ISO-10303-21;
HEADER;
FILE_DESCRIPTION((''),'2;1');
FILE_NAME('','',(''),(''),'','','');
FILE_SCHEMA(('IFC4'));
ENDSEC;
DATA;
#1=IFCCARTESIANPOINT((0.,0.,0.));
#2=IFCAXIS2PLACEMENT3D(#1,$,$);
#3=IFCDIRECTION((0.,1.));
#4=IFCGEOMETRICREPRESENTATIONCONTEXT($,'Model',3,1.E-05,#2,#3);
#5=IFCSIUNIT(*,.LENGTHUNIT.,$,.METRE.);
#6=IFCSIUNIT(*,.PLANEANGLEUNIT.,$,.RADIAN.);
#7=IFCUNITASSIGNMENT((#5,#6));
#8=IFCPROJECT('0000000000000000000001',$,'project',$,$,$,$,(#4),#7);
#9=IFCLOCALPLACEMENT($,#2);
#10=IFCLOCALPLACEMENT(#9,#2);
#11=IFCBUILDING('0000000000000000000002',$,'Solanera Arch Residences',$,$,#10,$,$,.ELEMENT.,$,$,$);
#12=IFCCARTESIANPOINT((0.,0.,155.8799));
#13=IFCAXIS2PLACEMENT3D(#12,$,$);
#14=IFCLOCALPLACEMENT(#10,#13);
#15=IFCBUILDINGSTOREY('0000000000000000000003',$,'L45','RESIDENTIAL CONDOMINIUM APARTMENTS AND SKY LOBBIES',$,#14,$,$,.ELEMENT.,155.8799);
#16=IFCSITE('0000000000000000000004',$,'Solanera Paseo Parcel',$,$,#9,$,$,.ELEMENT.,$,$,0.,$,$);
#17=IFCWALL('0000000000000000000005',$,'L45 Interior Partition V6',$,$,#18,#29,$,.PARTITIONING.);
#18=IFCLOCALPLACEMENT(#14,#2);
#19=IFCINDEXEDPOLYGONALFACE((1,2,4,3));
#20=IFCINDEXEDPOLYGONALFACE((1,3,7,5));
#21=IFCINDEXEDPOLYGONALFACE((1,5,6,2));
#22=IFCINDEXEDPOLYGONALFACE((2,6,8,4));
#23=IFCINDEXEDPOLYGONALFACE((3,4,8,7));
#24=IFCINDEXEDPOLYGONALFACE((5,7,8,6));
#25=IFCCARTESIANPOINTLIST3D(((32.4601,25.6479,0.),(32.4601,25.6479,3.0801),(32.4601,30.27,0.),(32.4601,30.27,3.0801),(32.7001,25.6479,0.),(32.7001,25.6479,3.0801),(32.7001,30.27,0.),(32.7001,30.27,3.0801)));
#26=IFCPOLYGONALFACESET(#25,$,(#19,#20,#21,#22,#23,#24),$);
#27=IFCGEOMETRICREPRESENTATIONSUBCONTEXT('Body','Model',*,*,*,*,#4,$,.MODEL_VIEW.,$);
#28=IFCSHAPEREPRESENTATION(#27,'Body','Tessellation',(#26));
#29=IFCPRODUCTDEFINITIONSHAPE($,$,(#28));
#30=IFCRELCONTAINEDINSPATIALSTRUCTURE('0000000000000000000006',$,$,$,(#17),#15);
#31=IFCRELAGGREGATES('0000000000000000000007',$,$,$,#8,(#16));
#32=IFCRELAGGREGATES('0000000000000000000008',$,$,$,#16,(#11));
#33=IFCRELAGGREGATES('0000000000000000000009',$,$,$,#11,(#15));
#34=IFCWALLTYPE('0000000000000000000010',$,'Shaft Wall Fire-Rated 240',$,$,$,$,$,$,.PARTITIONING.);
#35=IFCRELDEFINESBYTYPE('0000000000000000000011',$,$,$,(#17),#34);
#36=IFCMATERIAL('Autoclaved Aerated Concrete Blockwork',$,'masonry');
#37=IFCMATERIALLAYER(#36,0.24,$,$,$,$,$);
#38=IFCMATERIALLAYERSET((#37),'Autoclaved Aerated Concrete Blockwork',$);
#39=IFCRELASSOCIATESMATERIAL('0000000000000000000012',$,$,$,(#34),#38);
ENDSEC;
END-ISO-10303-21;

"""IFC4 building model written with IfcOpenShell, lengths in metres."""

from ifc_helpers import new_model, si_unit, direction, frame, frame_2d, origin, place, context, subcontext, project, spatial, rectangle, extrude, material, layer, layer_set, type_object, element, save


model = new_model("IFC4")

# Units and contexts
model_context = context("Model", 3, precision=1e-05, world=origin(), true_north=direction((0.0, 1.0)))
body_context = subcontext(model_context, "Body", "Model", "MODEL_VIEW")
ifc_project = project(units=[si_unit("LENGTHUNIT", "METRE"), si_unit("PLANEANGLEUNIT", "RADIAN")], contexts=[model_context])

# Site, building, storey
site_placement = place(None, origin())
site = spatial("IfcSite", under=ifc_project, at=site_placement, Name="Solanera Paseo Parcel", CompositionType="ELEMENT", RefElevation=0.0)
building_placement = place(site_placement, origin())
building = spatial("IfcBuilding", under=site, at=building_placement, Name="Solanera Arch Residences", CompositionType="ELEMENT")
storey_placement = place(building_placement, frame((0.0, 0.0, 155.8799)))
storey = spatial("IfcBuildingStorey", under=building, at=storey_placement, Name="L45", Description="RESIDENTIAL CONDOMINIUM APARTMENTS AND SKY LOBBIES", CompositionType="ELEMENT", Elevation=155.8799)

# Shared definitions
ifc_material_1 = material(Name="Autoclaved Aerated Concrete Blockwork", Category="masonry")
ifc_layer_1 = layer(ifc_material_1, 0.24)
ifc_layer_set_1 = layer_set([ifc_layer_1], Name="Autoclaved Aerated Concrete Blockwork")
wall_type_1 = type_object("IfcWallType", Name="Shaft Wall Fire-Rated 240", PredefinedType="PARTITIONING", material=ifc_layer_set_1)

# Wall
wall_1_placement = place(storey_placement, frame((32.5801, 25.6479, 0.0), z_axis=(0.0, 0.0, 1.0), x_axis=(0.0, 1.0, 0.0)))
element("IfcWall", 1, at=wall_1_placement, inside=storey, type_object=wall_type_1, Name="L45 Interior Partition V6", PredefinedType="PARTITIONING", context=body_context, shape_type="SweptSolid", body=[
    extrude(rectangle(XDim=4.6221, YDim=0.24, at=frame_2d((2.311, 0.0))), origin(), (0.0, 0.0, 1.0), 3.0801),
])

save(model, "model.ifc")
